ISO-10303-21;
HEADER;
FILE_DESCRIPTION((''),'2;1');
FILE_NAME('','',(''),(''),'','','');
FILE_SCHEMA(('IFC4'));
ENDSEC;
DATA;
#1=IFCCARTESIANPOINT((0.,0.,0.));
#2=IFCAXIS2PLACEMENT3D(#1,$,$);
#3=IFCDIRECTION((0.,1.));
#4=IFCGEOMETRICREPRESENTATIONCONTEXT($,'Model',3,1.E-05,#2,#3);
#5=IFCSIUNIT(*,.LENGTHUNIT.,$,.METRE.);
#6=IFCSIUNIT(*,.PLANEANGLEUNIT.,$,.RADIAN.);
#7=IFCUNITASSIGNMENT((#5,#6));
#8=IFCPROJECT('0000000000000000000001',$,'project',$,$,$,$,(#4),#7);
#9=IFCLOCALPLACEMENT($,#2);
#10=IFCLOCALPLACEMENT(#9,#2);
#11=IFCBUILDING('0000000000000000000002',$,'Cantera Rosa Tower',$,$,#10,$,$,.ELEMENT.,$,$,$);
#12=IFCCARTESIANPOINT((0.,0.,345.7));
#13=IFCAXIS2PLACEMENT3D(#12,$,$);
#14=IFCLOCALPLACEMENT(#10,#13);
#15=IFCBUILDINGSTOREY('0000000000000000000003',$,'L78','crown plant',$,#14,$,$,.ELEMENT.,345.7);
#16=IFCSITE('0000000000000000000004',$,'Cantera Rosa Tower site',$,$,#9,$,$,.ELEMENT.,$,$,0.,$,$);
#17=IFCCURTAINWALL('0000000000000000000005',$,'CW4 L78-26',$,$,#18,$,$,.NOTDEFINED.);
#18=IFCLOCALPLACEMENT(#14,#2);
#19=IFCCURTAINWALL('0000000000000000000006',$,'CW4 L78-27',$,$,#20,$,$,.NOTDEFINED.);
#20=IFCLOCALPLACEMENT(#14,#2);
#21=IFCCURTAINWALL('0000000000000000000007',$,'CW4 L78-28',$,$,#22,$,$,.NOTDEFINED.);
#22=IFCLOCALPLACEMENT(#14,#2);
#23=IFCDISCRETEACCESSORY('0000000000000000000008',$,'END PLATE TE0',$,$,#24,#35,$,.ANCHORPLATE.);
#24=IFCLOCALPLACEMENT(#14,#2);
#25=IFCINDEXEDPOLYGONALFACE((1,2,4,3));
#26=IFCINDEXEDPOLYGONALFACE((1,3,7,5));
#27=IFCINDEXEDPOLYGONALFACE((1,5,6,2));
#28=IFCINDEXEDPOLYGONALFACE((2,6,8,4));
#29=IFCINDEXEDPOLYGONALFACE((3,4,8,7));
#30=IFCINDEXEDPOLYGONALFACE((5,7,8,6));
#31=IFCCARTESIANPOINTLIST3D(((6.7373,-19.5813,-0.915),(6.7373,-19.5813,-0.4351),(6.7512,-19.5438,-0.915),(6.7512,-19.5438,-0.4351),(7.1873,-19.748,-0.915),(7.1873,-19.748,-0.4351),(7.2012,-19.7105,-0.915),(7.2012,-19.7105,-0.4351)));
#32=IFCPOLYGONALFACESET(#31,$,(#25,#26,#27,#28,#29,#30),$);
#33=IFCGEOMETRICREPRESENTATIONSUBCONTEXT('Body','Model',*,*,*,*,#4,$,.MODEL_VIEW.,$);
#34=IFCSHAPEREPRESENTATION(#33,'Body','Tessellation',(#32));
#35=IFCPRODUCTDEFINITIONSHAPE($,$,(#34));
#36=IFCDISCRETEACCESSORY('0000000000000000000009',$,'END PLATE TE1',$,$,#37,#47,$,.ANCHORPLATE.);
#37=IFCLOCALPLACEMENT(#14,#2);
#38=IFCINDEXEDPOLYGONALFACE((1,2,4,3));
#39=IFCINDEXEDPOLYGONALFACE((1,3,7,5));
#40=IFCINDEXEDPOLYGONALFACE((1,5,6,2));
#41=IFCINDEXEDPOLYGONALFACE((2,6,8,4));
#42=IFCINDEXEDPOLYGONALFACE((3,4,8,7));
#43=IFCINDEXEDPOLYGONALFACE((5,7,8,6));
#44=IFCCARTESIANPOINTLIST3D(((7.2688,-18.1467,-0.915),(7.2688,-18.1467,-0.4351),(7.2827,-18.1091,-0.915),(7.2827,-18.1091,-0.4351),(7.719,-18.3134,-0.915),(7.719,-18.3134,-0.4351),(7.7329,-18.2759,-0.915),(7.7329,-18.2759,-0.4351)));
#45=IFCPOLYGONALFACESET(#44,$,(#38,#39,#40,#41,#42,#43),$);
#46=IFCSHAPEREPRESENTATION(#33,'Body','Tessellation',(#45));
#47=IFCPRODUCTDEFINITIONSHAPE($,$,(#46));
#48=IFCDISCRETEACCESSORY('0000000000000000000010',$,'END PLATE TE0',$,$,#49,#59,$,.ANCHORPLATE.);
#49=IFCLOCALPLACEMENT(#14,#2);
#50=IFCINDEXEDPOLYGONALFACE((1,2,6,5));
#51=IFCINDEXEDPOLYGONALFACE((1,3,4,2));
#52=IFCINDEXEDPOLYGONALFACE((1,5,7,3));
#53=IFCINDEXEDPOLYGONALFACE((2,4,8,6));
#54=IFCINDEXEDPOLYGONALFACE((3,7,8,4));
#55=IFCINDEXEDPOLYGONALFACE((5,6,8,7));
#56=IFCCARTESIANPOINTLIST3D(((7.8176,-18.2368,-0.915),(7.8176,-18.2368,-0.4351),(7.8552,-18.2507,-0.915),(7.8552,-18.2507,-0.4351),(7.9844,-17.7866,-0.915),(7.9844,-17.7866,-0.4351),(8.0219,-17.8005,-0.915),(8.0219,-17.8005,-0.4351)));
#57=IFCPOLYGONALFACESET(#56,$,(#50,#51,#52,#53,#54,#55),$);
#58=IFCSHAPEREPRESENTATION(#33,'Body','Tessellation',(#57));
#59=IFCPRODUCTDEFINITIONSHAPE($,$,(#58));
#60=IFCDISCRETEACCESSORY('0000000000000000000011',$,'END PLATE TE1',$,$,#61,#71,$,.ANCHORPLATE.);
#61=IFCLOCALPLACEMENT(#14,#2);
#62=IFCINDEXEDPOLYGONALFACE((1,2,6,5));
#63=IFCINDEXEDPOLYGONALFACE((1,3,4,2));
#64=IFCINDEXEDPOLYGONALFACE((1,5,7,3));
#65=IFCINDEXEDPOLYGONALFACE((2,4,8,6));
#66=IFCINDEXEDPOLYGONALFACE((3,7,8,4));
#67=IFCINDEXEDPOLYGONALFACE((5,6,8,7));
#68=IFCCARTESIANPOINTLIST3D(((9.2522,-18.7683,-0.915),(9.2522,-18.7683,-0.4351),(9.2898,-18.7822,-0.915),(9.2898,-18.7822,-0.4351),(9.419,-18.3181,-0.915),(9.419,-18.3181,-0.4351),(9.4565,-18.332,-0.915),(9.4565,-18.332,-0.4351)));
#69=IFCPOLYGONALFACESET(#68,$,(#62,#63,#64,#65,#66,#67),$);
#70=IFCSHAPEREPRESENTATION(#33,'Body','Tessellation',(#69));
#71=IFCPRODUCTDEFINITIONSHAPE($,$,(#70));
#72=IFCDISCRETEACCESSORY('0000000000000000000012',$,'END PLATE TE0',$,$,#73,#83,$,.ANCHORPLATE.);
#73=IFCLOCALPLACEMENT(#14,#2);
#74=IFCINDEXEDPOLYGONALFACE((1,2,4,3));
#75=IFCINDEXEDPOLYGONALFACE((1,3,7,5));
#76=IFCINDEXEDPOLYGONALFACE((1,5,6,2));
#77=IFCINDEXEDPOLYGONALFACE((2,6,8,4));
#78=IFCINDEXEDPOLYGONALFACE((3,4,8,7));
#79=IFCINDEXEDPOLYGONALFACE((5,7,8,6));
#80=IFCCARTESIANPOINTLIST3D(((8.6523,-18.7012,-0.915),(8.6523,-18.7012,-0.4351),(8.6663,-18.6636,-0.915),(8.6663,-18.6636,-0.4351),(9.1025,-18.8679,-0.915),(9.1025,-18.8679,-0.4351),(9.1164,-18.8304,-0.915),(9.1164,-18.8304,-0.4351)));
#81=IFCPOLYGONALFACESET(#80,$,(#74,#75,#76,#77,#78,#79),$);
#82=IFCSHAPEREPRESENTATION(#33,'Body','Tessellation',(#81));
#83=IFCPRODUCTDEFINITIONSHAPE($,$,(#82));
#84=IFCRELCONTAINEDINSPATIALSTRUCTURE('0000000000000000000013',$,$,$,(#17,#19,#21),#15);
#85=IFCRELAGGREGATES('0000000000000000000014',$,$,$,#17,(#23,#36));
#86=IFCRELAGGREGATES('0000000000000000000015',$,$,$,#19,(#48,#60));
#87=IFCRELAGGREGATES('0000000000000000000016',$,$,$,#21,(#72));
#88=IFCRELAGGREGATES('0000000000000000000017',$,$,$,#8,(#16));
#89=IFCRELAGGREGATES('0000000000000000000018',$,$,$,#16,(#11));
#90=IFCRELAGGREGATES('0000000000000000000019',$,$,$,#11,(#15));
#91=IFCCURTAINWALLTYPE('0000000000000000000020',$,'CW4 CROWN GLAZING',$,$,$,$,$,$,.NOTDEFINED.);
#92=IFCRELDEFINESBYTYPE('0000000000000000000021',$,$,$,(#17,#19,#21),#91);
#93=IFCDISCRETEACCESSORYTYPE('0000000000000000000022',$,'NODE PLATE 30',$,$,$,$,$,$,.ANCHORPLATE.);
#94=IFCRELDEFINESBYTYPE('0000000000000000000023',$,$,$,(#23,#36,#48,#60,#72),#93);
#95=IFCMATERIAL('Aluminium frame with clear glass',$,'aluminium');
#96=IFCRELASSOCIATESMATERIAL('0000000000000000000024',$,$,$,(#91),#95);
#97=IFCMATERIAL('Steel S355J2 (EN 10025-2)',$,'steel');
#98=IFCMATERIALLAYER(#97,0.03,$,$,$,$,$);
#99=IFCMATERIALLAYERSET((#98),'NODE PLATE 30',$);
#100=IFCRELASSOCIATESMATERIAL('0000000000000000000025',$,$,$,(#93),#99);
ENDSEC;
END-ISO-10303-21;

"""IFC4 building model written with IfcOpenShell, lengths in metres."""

from ifc_helpers import new_model, si_unit, direction, frame, origin, place, context, subcontext, project, spatial, polyline, outline, extrude, material, layer, layer_set, type_object, element, aggregate, save


model = new_model("IFC4")

# Units and contexts
model_context = context("Model", 3, precision=1e-05, world=origin(), true_north=direction((0.0, 1.0)))
body_context = subcontext(model_context, "Body", "Model", "MODEL_VIEW")
ifc_project = project(units=[si_unit("LENGTHUNIT", "METRE"), si_unit("PLANEANGLEUNIT", "RADIAN")], contexts=[model_context])

# Site, building, storey
site_placement = place(None, origin())
site = spatial("IfcSite", under=ifc_project, at=site_placement, Name="Cantera Rosa Tower site", CompositionType="ELEMENT", RefElevation=0.0)
building_placement = place(site_placement, origin())
building = spatial("IfcBuilding", under=site, at=building_placement, Name="Cantera Rosa Tower", CompositionType="ELEMENT")
storey_placement = place(building_placement, frame((0.0, 0.0, 345.7)))
storey = spatial("IfcBuildingStorey", under=building, at=storey_placement, Name="L78", Description="crown plant", CompositionType="ELEMENT", Elevation=345.7)

# Curtain walls
ifc_material_1 = material(Name="Aluminium frame with clear glass", Category="aluminium")
curtain_wall_type = type_object("IfcCurtainWallType", Name="CW4 CROWN GLAZING", PredefinedType="NOTDEFINED", material=ifc_material_1)
curtain_wall_1_placement = place(storey_placement, origin())
curtain_wall_1 = element("IfcCurtainWall", 1, at=curtain_wall_1_placement, inside=storey, type_object=curtain_wall_type, Name="CW4 L78-26", PredefinedType="NOTDEFINED")
curtain_wall_2_placement = place(storey_placement, origin())
curtain_wall_2 = element("IfcCurtainWall", 2, at=curtain_wall_2_placement, inside=storey, type_object=curtain_wall_type, Name="CW4 L78-27", PredefinedType="NOTDEFINED")
curtain_wall_3_placement = place(storey_placement, origin())
curtain_wall_3 = element("IfcCurtainWall", 3, at=curtain_wall_3_placement, inside=storey, type_object=curtain_wall_type, Name="CW4 L78-28", PredefinedType="NOTDEFINED")

# Shared definitions
ifc_material_2 = material(Name="Steel S355J2 (EN 10025-2)", Category="steel")
ifc_layer_1 = layer(ifc_material_2, 0.03)
ifc_layer_set_1 = layer_set([ifc_layer_1], Name="NODE PLATE 30")
discrete_accessory_type = type_object("IfcDiscreteAccessoryType", Name="NODE PLATE 30", PredefinedType="ANCHORPLATE", material=ifc_layer_set_1)

# Discrete accessories
discrete_accessory_1_placement = place(storey_placement, frame((7.1873, -19.748, -0.4351), z_axis=(-0.347497, -0.937681, 0.0), x_axis=(-0.937681, 0.347497, 0.0)))
discrete_accessory_1 = element("IfcDiscreteAccessory", 4, at=discrete_accessory_1_placement, type_object=discrete_accessory_type, Name="END PLATE TE0", PredefinedType="ANCHORPLATE", context=body_context, shape_type="SweptSolid", body=[
    extrude(outline(polyline([(0.0, 0.0), (0.4799, 0.0), (0.4799, 0.48), (0.0, 0.48), (0.0, 0.0)])), origin(), (0.0, 0.0, -1.0), 0.04),
])
discrete_accessory_2_placement = place(storey_placement, frame((7.2827, -18.1091, -0.4351), z_axis=(0.347331, 0.937743, 0.0), x_axis=(0.937743, -0.347331, 0.0)))
discrete_accessory_2 = element("IfcDiscreteAccessory", 5, at=discrete_accessory_2_placement, type_object=discrete_accessory_type, Name="END PLATE TE1", PredefinedType="ANCHORPLATE", context=body_context, shape_type="SweptSolid", body=[
    extrude(outline(polyline([(0.0, 0.0), (0.4801, 0.0), (0.4801, 0.48), (0.0, 0.48), (0.0, 0.0)])), origin(), (0.0, 0.0, -1.0), 0.04),
])
aggregate(curtain_wall_1, [discrete_accessory_1, discrete_accessory_2])
discrete_accessory_3_placement = place(storey_placement, frame((7.8176, -18.2368, -0.4351), z_axis=(-0.937743, 0.347331, 0.0), x_axis=(0.347331, 0.937743, 0.0)))
discrete_accessory_3 = element("IfcDiscreteAccessory", 6, at=discrete_accessory_3_placement, type_object=discrete_accessory_type, Name="END PLATE TE0", PredefinedType="ANCHORPLATE", context=body_context, shape_type="SweptSolid", body=[
    extrude(outline(polyline([(0.0, 0.0), (0.4801, 0.0), (0.4801, 0.48), (0.0, 0.48), (0.0, 0.0)])), origin(), (0.0, 0.0, -1.0), 0.04),
])
discrete_accessory_4_placement = place(storey_placement, frame((9.4565, -18.332, -0.4351), z_axis=(0.937743, -0.347331, 0.0), x_axis=(-0.347331, -0.937743, 0.0)))
discrete_accessory_4 = element("IfcDiscreteAccessory", 7, at=discrete_accessory_4_placement, type_object=discrete_accessory_type, Name="END PLATE TE1", PredefinedType="ANCHORPLATE", context=body_context, shape_type="SweptSolid", body=[
    extrude(outline(polyline([(0.0, 0.0), (0.4801, 0.0), (0.4801, 0.48), (0.0, 0.48), (0.0, 0.0)])), origin(), (0.0, 0.0, -1.0), 0.04),
])
aggregate(curtain_wall_2, [discrete_accessory_3, discrete_accessory_4])
discrete_accessory_5_placement = place(storey_placement, frame((9.1025, -18.8679, -0.4351), z_axis=(-0.347331, -0.937743, 0.0), x_axis=(-0.937743, 0.347331, 0.0)))
discrete_accessory_5 = element("IfcDiscreteAccessory", 8, at=discrete_accessory_5_placement, type_object=discrete_accessory_type, Name="END PLATE TE0", PredefinedType="ANCHORPLATE", context=body_context, shape_type="SweptSolid", body=[
    extrude(outline(polyline([(0.0, 0.0), (0.4801, 0.0), (0.4801, 0.48), (0.0, 0.48), (0.0, 0.0)])), origin(), (0.0, 0.0, -1.0), 0.04),
])
aggregate(curtain_wall_3, [discrete_accessory_5])

save(model, "model.ifc")
